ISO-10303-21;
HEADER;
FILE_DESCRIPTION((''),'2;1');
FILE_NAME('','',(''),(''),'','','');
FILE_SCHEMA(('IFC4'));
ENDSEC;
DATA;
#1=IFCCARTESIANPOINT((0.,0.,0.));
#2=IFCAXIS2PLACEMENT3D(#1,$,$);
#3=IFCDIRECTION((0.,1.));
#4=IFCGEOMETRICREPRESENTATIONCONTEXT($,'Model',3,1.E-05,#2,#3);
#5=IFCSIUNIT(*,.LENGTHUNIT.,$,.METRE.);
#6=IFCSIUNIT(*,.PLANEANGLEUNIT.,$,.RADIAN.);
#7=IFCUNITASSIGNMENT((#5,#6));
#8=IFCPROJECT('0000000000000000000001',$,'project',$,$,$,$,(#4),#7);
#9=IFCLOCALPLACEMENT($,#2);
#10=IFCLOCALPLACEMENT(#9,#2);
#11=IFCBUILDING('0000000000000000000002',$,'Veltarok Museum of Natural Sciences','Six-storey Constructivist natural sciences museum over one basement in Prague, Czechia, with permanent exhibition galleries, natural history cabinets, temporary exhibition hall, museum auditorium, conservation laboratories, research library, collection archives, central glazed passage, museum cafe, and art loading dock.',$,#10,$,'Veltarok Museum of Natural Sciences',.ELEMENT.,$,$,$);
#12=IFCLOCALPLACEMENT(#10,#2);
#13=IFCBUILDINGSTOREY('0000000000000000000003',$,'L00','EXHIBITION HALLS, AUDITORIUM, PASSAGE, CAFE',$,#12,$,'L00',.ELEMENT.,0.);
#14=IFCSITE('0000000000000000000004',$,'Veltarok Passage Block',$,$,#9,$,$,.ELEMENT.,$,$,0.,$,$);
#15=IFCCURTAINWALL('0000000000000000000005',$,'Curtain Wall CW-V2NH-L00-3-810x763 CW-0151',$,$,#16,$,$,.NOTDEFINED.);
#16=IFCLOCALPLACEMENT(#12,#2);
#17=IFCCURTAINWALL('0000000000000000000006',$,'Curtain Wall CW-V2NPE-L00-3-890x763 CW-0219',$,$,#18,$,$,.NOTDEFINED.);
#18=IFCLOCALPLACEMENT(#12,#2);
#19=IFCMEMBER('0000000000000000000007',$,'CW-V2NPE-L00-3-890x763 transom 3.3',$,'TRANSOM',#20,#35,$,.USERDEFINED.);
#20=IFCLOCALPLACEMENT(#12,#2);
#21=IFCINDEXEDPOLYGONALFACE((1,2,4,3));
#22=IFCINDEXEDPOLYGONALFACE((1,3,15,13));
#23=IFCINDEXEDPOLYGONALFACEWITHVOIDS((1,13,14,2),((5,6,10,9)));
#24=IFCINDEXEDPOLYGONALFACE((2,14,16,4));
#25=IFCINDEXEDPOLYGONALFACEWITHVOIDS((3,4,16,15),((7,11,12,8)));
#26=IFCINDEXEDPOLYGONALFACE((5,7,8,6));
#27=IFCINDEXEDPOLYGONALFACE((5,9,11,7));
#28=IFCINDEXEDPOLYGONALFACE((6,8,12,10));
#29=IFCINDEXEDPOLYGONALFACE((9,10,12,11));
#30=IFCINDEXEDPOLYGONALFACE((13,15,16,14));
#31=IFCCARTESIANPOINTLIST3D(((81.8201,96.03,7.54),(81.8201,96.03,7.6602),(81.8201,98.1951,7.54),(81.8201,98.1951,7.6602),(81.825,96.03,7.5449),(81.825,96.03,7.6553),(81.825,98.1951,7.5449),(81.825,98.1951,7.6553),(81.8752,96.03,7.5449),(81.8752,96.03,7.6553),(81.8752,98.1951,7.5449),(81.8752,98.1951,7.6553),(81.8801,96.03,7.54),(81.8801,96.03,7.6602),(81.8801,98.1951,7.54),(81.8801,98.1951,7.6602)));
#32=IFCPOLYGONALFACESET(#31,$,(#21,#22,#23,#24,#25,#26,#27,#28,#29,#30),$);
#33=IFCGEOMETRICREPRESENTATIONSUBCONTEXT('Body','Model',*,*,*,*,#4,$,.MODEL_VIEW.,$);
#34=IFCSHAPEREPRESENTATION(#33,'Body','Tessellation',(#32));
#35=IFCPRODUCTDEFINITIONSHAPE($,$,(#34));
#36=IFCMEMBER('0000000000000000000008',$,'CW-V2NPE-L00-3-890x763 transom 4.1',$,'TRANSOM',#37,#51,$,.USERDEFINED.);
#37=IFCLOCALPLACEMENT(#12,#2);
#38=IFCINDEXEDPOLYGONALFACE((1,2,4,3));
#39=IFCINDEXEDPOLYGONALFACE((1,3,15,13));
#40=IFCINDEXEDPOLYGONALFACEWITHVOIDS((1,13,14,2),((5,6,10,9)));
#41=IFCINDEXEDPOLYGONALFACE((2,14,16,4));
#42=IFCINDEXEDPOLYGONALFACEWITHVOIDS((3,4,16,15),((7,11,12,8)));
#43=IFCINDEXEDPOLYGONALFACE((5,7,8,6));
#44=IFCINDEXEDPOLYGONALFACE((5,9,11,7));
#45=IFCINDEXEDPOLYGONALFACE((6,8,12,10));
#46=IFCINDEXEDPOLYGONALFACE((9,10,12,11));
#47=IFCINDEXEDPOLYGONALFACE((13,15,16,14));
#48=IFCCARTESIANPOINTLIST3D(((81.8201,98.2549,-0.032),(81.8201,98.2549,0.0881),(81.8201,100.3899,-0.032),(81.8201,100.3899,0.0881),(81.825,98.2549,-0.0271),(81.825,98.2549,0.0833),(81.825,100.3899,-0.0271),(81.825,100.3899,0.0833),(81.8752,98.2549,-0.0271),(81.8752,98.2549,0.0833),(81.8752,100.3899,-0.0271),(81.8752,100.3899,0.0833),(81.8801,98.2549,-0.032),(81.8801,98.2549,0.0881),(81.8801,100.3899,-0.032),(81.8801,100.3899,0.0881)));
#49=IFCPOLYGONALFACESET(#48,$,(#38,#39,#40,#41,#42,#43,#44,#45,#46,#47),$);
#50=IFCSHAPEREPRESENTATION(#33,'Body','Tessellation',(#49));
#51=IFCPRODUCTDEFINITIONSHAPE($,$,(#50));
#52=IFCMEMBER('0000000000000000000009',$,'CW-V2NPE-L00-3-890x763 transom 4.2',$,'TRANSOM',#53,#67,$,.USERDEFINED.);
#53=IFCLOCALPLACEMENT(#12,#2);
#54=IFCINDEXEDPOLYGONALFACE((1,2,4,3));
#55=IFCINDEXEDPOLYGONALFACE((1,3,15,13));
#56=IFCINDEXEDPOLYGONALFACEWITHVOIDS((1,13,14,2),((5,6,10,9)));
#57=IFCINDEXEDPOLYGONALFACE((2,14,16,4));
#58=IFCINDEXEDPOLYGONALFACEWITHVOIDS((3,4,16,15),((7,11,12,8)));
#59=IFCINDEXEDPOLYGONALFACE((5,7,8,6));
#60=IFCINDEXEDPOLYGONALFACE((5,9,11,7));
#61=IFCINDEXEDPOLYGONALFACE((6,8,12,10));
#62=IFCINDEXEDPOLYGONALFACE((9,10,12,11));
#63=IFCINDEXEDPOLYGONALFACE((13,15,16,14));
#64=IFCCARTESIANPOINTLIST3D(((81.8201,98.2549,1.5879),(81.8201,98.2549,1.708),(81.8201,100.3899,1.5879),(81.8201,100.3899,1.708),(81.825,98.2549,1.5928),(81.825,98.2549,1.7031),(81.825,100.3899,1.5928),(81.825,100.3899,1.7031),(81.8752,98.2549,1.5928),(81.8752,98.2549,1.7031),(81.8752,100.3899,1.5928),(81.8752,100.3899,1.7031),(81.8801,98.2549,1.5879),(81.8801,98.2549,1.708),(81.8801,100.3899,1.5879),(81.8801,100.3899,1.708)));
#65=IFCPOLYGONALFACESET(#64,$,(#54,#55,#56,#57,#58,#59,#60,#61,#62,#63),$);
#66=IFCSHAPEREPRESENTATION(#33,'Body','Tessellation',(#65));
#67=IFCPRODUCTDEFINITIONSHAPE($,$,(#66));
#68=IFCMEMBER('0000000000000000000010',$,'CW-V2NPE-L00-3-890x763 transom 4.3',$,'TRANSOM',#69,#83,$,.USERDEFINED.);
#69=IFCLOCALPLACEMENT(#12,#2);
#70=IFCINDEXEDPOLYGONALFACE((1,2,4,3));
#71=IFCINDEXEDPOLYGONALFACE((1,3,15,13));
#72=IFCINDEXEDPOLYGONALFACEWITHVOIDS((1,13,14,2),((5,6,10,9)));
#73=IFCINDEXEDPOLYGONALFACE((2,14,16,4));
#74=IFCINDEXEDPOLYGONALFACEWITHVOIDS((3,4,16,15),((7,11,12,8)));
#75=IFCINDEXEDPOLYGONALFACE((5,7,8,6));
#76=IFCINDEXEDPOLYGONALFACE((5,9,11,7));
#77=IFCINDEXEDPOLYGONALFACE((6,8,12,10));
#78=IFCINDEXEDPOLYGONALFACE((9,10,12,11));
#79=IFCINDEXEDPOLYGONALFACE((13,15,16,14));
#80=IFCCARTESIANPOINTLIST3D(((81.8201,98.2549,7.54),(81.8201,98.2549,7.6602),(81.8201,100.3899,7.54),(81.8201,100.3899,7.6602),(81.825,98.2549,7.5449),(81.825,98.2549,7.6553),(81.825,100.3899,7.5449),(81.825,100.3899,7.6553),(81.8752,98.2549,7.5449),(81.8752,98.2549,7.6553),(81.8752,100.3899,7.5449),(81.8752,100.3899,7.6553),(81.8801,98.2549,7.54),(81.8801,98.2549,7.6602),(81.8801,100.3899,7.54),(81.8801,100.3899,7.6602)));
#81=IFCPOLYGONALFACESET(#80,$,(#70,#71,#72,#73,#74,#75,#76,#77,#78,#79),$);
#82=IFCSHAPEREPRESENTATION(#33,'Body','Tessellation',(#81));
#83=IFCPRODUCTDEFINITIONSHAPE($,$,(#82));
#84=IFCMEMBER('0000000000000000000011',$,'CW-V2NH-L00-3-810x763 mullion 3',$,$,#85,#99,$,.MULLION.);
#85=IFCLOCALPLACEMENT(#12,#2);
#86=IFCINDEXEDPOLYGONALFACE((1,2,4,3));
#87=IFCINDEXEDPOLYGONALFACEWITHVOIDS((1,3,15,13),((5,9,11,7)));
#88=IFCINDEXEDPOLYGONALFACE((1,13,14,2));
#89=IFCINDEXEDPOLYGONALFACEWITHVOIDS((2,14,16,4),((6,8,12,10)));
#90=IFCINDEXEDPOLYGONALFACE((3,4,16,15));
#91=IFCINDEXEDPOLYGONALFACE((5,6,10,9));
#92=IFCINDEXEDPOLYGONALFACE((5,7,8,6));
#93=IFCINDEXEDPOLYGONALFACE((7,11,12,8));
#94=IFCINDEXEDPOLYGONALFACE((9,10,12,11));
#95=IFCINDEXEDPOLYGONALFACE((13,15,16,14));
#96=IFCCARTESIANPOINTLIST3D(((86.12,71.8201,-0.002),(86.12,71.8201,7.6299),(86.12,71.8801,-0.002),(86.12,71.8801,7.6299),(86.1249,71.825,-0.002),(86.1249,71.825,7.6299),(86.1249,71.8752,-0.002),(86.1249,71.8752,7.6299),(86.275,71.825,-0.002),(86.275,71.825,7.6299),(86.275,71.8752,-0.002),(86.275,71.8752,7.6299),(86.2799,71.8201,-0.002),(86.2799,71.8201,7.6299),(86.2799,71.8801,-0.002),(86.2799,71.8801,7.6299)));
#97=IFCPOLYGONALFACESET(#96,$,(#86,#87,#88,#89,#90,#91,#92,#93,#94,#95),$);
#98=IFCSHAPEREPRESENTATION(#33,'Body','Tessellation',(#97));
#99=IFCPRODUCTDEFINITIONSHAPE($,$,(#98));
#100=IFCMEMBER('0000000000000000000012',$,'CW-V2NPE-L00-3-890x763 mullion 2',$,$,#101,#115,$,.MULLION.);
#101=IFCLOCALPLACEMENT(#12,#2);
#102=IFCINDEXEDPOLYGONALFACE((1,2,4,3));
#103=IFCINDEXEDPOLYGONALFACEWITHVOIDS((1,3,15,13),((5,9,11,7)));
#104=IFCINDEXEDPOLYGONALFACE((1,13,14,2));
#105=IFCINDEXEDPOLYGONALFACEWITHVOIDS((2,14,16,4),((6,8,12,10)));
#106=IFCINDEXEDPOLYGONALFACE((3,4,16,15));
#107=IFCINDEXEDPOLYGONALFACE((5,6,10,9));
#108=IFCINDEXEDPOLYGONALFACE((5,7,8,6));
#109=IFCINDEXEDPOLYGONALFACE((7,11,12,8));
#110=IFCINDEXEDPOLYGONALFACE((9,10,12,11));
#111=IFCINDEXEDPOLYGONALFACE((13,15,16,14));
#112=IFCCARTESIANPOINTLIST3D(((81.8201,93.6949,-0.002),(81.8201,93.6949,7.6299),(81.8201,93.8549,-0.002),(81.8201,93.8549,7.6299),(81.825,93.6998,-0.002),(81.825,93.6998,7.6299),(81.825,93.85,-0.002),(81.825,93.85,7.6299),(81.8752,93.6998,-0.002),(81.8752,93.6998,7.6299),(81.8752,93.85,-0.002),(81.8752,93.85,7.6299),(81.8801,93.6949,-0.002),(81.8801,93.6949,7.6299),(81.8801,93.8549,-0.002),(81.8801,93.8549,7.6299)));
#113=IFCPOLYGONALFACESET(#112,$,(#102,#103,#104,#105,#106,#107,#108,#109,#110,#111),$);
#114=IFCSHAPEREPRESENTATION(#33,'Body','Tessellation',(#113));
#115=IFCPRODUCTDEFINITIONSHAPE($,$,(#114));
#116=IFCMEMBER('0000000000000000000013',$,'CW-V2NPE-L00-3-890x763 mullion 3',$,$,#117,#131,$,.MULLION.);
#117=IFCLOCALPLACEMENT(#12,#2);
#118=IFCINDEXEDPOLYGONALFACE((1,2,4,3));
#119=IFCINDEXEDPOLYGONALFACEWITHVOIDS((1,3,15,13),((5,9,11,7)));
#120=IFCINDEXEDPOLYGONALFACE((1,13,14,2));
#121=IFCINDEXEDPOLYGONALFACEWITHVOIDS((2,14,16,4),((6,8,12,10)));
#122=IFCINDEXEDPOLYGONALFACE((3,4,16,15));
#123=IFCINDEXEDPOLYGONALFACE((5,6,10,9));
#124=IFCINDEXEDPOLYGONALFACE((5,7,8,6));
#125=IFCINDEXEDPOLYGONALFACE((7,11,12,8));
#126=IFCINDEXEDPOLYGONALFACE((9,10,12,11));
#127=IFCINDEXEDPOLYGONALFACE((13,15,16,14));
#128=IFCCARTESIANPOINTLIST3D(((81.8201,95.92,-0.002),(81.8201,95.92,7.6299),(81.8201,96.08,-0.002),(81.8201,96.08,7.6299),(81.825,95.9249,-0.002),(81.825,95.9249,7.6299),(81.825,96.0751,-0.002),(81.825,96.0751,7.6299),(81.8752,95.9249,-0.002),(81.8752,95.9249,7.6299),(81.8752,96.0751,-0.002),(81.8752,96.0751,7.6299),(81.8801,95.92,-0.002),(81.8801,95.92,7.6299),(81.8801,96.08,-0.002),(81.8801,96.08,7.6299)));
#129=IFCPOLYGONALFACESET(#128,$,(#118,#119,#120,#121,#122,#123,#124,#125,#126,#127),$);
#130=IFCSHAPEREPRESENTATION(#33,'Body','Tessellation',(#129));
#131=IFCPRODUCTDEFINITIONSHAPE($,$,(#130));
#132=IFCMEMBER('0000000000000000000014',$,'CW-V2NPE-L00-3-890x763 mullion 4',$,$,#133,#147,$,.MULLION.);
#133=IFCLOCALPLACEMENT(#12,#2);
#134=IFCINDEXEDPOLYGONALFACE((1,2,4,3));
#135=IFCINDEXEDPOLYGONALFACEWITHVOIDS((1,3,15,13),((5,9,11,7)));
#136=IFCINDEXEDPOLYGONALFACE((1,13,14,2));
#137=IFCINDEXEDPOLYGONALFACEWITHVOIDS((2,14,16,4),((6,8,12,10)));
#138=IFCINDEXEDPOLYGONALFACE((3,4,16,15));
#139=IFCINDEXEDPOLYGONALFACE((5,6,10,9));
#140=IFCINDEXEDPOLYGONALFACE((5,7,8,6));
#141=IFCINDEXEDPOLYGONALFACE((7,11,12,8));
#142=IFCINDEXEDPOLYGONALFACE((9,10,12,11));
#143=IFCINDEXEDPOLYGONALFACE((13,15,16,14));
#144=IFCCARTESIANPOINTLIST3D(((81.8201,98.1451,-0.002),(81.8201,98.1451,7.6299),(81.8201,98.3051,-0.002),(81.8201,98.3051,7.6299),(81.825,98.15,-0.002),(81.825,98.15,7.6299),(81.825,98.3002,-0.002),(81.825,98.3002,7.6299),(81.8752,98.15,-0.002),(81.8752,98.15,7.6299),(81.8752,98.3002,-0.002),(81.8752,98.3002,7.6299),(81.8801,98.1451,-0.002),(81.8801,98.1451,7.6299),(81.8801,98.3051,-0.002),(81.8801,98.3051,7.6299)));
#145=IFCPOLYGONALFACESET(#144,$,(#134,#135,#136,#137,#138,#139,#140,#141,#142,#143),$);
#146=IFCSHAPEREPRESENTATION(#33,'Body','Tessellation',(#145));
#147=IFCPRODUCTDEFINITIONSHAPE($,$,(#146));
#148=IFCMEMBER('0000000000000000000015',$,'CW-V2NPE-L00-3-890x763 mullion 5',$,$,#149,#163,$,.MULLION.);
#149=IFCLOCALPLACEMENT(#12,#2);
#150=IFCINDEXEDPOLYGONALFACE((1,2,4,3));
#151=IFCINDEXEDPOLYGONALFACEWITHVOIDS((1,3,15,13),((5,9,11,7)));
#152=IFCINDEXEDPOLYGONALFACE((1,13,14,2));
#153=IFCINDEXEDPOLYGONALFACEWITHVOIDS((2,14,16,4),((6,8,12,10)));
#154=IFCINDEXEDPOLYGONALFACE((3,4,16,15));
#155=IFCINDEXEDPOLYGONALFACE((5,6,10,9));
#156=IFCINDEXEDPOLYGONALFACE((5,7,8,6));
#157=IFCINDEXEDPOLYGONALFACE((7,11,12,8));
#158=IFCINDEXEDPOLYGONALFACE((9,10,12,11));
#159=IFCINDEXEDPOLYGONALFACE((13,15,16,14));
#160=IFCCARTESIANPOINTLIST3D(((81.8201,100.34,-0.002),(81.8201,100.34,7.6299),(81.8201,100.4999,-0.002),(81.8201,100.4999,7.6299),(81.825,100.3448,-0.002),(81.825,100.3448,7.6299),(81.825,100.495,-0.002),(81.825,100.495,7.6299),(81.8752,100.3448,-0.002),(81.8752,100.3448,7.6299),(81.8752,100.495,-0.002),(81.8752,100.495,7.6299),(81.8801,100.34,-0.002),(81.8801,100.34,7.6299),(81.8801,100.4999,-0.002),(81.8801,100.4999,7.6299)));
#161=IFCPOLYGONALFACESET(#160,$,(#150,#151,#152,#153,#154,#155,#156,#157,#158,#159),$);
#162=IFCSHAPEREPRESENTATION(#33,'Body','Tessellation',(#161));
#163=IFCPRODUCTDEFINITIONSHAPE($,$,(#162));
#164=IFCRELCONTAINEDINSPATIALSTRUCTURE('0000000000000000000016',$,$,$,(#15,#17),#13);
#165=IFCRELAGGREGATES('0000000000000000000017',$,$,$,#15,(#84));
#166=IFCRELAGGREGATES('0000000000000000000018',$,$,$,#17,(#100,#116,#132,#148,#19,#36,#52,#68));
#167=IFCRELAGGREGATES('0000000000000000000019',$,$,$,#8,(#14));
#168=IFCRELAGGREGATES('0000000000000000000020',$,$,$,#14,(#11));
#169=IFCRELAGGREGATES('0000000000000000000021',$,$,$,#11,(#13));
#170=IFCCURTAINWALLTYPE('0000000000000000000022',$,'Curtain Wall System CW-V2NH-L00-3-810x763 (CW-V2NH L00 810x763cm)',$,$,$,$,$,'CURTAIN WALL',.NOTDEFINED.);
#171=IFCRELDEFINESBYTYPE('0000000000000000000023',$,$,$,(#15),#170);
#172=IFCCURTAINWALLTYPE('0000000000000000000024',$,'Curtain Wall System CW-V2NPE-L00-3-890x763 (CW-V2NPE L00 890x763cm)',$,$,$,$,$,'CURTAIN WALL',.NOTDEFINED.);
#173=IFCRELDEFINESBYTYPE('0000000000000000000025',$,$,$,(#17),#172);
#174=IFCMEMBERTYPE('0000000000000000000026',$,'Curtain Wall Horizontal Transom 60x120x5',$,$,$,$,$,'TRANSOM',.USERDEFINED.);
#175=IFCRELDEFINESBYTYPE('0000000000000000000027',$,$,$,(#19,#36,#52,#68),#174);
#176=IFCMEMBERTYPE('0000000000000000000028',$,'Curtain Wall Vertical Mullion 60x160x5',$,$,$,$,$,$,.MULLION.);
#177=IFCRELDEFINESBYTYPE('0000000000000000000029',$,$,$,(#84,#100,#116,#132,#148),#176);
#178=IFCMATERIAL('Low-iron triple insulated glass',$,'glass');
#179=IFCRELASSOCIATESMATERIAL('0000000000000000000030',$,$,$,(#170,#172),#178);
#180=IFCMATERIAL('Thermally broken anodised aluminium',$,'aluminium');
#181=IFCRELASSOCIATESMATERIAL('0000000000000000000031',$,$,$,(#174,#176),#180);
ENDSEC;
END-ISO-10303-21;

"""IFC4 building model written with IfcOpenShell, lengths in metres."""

from ifc_helpers import new_model, si_unit, direction, frame, origin, origin_2d, place, context, subcontext, project, spatial, hollow_rectangle, extrude, material, material_profile, profile_set, type_object, element, aggregate, save


model = new_model("IFC4")

# Units and contexts
model_context = context("Model", 3, precision=1e-05, world=origin(), true_north=direction((0.0, 1.0)))
body_context = subcontext(model_context, "Body", "Model", "MODEL_VIEW")
ifc_project = project(units=[si_unit("LENGTHUNIT", "METRE"), si_unit("PLANEANGLEUNIT", "RADIAN")], contexts=[model_context])

# Site, building, storey
site_placement = place(None, origin())
site = spatial("IfcSite", under=ifc_project, at=site_placement, Name="Veltarok Passage Block", CompositionType="ELEMENT", RefElevation=0.0)
building_placement = place(site_placement, origin())
building = spatial("IfcBuilding", under=site, at=building_placement, Name="Veltarok Museum of Natural Sciences", Description="Six-storey Constructivist natural sciences museum over one basement in Prague, Czechia, with permanent exhibition galleries, natural history cabinets, temporary exhibition hall, museum auditorium, conservation laboratories, research library, collection archives, central glazed passage, museum cafe, and art loading dock.", LongName="Veltarok Museum of Natural Sciences", CompositionType="ELEMENT")
storey_placement = place(building_placement, origin())
storey = spatial("IfcBuildingStorey", under=building, at=storey_placement, Name="L00", Description="EXHIBITION HALLS, AUDITORIUM, PASSAGE, CAFE", LongName="L00", CompositionType="ELEMENT", Elevation=0.0)

# Curtain walls, members
ifc_material_1 = material(Name="Low-iron triple insulated glass", Category="glass")
curtain_wall_type_1 = type_object("IfcCurtainWallType", Name="Curtain Wall System CW-V2NH-L00-3-810x763 (CW-V2NH L00 810x763cm)", ElementType="CURTAIN WALL", PredefinedType="NOTDEFINED", material=ifc_material_1)
curtain_wall_1_placement = place(storey_placement, origin())
curtain_wall_1 = element("IfcCurtainWall", 1, at=curtain_wall_1_placement, inside=storey, type_object=curtain_wall_type_1, Name="Curtain Wall CW-V2NH-L00-3-810x763 CW-0151", PredefinedType="NOTDEFINED")
ifc_material_2 = material(Name="Thermally broken anodised aluminium", Category="aluminium")
ifc_material_profile_1 = material_profile(ifc_material_2, hollow_rectangle(XDim=0.0601, YDim=0.1201, WallThickness=0.0049, at=origin_2d()), Name="CW TRANSOM 60x120x5")
ifc_profile_set_1 = profile_set([ifc_material_profile_1], Name="Thermally broken anodised aluminium")
member_type_1 = type_object("IfcMemberType", Name="Curtain Wall Horizontal Transom 60x120x5", ElementType="TRANSOM", PredefinedType="USERDEFINED", material=ifc_profile_set_1)
curtain_wall_type_2 = type_object("IfcCurtainWallType", Name="Curtain Wall System CW-V2NPE-L00-3-890x763 (CW-V2NPE L00 890x763cm)", ElementType="CURTAIN WALL", PredefinedType="NOTDEFINED", material=ifc_material_1)
curtain_wall_2_placement = place(storey_placement, origin())
curtain_wall_2 = element("IfcCurtainWall", 2, at=curtain_wall_2_placement, inside=storey, type_object=curtain_wall_type_2, Name="Curtain Wall CW-V2NPE-L00-3-890x763 CW-0219", PredefinedType="NOTDEFINED")
member_1_placement = place(storey_placement, frame((81.8501, 96.03, 7.6001), z_axis=(0.0, 1.0, 0.0), x_axis=(-1.0, 0.0, 0.0)))
member_1 = element("IfcMember", 3, at=member_1_placement, type_object=member_type_1, Name="CW-V2NPE-L00-3-890x763 transom 3.3", ObjectType="TRANSOM", PredefinedType="USERDEFINED", context=body_context, shape_type="SweptSolid", body=[
    extrude(hollow_rectangle(XDim=0.0601, YDim=0.1201, WallThickness=0.0049, at=origin_2d()), origin(), (0.0, 0.0, 1.0), 2.165),
])
member_2_placement = place(storey_placement, frame((81.8501, 98.2549, 0.0281), z_axis=(0.0, 1.0, 0.0), x_axis=(-1.0, 0.0, 0.0)))
member_2 = element("IfcMember", 4, at=member_2_placement, type_object=member_type_1, Name="CW-V2NPE-L00-3-890x763 transom 4.1", ObjectType="TRANSOM", PredefinedType="USERDEFINED", context=body_context, shape_type="SweptSolid", body=[
    extrude(hollow_rectangle(XDim=0.0601, YDim=0.1201, WallThickness=0.0049, at=origin_2d()), origin(), (0.0, 0.0, 1.0), 2.135),
])
member_3_placement = place(storey_placement, frame((81.8501, 98.2549, 1.6479), z_axis=(0.0, 1.0, 0.0), x_axis=(-1.0, 0.0, 0.0)))
member_3 = element("IfcMember", 5, at=member_3_placement, type_object=member_type_1, Name="CW-V2NPE-L00-3-890x763 transom 4.2", ObjectType="TRANSOM", PredefinedType="USERDEFINED", context=body_context, shape_type="SweptSolid", body=[
    extrude(hollow_rectangle(XDim=0.0601, YDim=0.1201, WallThickness=0.0049, at=origin_2d()), origin(), (0.0, 0.0, 1.0), 2.135),
])
member_4_placement = place(storey_placement, frame((81.8501, 98.2549, 7.6001), z_axis=(0.0, 1.0, 0.0), x_axis=(-1.0, 0.0, 0.0)))
member_4 = element("IfcMember", 6, at=member_4_placement, type_object=member_type_1, Name="CW-V2NPE-L00-3-890x763 transom 4.3", ObjectType="TRANSOM", PredefinedType="USERDEFINED", context=body_context, shape_type="SweptSolid", body=[
    extrude(hollow_rectangle(XDim=0.0601, YDim=0.1201, WallThickness=0.0049, at=origin_2d()), origin(), (0.0, 0.0, 1.0), 2.135),
])

# Members
ifc_material_profile_2 = material_profile(ifc_material_2, hollow_rectangle(XDim=0.0601, YDim=0.1599, WallThickness=0.0049, at=origin_2d()), Name="CW MULLION 60x160x5")
ifc_profile_set_2 = profile_set([ifc_material_profile_2], Name="Thermally broken anodised aluminium")
member_type_2 = type_object("IfcMemberType", Name="Curtain Wall Vertical Mullion 60x160x5", PredefinedType="MULLION", material=ifc_profile_set_2)
member_5_placement = place(storey_placement, frame((86.2, 71.8501, -0.002), z_axis=(0.0, 0.0, 1.0), x_axis=(0.0, -1.0, 0.0)))
member_5 = element("IfcMember", 7, at=member_5_placement, type_object=member_type_2, Name="CW-V2NH-L00-3-810x763 mullion 3", PredefinedType="MULLION", context=body_context, shape_type="SweptSolid", body=[
    extrude(hollow_rectangle(XDim=0.0601, YDim=0.1599, WallThickness=0.0049, at=origin_2d()), origin(), (0.0, 0.0, 1.0), 7.6318),
])
member_6_placement = place(storey_placement, frame((81.8501, 93.7749, -0.002), z_axis=(0.0, 0.0, 1.0), x_axis=(-1.0, 0.0, 0.0)))
member_6 = element("IfcMember", 8, at=member_6_placement, type_object=member_type_2, Name="CW-V2NPE-L00-3-890x763 mullion 2", PredefinedType="MULLION", context=body_context, shape_type="SweptSolid", body=[
    extrude(hollow_rectangle(XDim=0.0601, YDim=0.1599, WallThickness=0.0049, at=origin_2d()), origin(), (0.0, 0.0, 1.0), 7.6318),
])
member_7_placement = place(storey_placement, frame((81.8501, 96.0, -0.002), z_axis=(0.0, 0.0, 1.0), x_axis=(-1.0, 0.0, 0.0)))
member_7 = element("IfcMember", 9, at=member_7_placement, type_object=member_type_2, Name="CW-V2NPE-L00-3-890x763 mullion 3", PredefinedType="MULLION", context=body_context, shape_type="SweptSolid", body=[
    extrude(hollow_rectangle(XDim=0.0601, YDim=0.1599, WallThickness=0.0049, at=origin_2d()), origin(), (0.0, 0.0, 1.0), 7.6318),
])
member_8_placement = place(storey_placement, frame((81.8501, 98.2251, -0.002), z_axis=(0.0, 0.0, 1.0), x_axis=(-1.0, 0.0, 0.0)))
member_8 = element("IfcMember", 10, at=member_8_placement, type_object=member_type_2, Name="CW-V2NPE-L00-3-890x763 mullion 4", PredefinedType="MULLION", context=body_context, shape_type="SweptSolid", body=[
    extrude(hollow_rectangle(XDim=0.0601, YDim=0.1599, WallThickness=0.0049, at=origin_2d()), origin(), (0.0, 0.0, 1.0), 7.6318),
])
member_9_placement = place(storey_placement, frame((81.8501, 100.4199, -0.002), z_axis=(0.0, 0.0, 1.0), x_axis=(-1.0, 0.0, 0.0)))
member_9 = element("IfcMember", 11, at=member_9_placement, type_object=member_type_2, Name="CW-V2NPE-L00-3-890x763 mullion 5", PredefinedType="MULLION", context=body_context, shape_type="SweptSolid", body=[
    extrude(hollow_rectangle(XDim=0.0601, YDim=0.1599, WallThickness=0.0049, at=origin_2d()), origin(), (0.0, 0.0, 1.0), 7.6318),
])

aggregate(curtain_wall_1, [member_5])
aggregate(curtain_wall_2, [member_6, member_7, member_8, member_9, member_1, member_2, member_3, member_4])

save(model, "model.ifc")
